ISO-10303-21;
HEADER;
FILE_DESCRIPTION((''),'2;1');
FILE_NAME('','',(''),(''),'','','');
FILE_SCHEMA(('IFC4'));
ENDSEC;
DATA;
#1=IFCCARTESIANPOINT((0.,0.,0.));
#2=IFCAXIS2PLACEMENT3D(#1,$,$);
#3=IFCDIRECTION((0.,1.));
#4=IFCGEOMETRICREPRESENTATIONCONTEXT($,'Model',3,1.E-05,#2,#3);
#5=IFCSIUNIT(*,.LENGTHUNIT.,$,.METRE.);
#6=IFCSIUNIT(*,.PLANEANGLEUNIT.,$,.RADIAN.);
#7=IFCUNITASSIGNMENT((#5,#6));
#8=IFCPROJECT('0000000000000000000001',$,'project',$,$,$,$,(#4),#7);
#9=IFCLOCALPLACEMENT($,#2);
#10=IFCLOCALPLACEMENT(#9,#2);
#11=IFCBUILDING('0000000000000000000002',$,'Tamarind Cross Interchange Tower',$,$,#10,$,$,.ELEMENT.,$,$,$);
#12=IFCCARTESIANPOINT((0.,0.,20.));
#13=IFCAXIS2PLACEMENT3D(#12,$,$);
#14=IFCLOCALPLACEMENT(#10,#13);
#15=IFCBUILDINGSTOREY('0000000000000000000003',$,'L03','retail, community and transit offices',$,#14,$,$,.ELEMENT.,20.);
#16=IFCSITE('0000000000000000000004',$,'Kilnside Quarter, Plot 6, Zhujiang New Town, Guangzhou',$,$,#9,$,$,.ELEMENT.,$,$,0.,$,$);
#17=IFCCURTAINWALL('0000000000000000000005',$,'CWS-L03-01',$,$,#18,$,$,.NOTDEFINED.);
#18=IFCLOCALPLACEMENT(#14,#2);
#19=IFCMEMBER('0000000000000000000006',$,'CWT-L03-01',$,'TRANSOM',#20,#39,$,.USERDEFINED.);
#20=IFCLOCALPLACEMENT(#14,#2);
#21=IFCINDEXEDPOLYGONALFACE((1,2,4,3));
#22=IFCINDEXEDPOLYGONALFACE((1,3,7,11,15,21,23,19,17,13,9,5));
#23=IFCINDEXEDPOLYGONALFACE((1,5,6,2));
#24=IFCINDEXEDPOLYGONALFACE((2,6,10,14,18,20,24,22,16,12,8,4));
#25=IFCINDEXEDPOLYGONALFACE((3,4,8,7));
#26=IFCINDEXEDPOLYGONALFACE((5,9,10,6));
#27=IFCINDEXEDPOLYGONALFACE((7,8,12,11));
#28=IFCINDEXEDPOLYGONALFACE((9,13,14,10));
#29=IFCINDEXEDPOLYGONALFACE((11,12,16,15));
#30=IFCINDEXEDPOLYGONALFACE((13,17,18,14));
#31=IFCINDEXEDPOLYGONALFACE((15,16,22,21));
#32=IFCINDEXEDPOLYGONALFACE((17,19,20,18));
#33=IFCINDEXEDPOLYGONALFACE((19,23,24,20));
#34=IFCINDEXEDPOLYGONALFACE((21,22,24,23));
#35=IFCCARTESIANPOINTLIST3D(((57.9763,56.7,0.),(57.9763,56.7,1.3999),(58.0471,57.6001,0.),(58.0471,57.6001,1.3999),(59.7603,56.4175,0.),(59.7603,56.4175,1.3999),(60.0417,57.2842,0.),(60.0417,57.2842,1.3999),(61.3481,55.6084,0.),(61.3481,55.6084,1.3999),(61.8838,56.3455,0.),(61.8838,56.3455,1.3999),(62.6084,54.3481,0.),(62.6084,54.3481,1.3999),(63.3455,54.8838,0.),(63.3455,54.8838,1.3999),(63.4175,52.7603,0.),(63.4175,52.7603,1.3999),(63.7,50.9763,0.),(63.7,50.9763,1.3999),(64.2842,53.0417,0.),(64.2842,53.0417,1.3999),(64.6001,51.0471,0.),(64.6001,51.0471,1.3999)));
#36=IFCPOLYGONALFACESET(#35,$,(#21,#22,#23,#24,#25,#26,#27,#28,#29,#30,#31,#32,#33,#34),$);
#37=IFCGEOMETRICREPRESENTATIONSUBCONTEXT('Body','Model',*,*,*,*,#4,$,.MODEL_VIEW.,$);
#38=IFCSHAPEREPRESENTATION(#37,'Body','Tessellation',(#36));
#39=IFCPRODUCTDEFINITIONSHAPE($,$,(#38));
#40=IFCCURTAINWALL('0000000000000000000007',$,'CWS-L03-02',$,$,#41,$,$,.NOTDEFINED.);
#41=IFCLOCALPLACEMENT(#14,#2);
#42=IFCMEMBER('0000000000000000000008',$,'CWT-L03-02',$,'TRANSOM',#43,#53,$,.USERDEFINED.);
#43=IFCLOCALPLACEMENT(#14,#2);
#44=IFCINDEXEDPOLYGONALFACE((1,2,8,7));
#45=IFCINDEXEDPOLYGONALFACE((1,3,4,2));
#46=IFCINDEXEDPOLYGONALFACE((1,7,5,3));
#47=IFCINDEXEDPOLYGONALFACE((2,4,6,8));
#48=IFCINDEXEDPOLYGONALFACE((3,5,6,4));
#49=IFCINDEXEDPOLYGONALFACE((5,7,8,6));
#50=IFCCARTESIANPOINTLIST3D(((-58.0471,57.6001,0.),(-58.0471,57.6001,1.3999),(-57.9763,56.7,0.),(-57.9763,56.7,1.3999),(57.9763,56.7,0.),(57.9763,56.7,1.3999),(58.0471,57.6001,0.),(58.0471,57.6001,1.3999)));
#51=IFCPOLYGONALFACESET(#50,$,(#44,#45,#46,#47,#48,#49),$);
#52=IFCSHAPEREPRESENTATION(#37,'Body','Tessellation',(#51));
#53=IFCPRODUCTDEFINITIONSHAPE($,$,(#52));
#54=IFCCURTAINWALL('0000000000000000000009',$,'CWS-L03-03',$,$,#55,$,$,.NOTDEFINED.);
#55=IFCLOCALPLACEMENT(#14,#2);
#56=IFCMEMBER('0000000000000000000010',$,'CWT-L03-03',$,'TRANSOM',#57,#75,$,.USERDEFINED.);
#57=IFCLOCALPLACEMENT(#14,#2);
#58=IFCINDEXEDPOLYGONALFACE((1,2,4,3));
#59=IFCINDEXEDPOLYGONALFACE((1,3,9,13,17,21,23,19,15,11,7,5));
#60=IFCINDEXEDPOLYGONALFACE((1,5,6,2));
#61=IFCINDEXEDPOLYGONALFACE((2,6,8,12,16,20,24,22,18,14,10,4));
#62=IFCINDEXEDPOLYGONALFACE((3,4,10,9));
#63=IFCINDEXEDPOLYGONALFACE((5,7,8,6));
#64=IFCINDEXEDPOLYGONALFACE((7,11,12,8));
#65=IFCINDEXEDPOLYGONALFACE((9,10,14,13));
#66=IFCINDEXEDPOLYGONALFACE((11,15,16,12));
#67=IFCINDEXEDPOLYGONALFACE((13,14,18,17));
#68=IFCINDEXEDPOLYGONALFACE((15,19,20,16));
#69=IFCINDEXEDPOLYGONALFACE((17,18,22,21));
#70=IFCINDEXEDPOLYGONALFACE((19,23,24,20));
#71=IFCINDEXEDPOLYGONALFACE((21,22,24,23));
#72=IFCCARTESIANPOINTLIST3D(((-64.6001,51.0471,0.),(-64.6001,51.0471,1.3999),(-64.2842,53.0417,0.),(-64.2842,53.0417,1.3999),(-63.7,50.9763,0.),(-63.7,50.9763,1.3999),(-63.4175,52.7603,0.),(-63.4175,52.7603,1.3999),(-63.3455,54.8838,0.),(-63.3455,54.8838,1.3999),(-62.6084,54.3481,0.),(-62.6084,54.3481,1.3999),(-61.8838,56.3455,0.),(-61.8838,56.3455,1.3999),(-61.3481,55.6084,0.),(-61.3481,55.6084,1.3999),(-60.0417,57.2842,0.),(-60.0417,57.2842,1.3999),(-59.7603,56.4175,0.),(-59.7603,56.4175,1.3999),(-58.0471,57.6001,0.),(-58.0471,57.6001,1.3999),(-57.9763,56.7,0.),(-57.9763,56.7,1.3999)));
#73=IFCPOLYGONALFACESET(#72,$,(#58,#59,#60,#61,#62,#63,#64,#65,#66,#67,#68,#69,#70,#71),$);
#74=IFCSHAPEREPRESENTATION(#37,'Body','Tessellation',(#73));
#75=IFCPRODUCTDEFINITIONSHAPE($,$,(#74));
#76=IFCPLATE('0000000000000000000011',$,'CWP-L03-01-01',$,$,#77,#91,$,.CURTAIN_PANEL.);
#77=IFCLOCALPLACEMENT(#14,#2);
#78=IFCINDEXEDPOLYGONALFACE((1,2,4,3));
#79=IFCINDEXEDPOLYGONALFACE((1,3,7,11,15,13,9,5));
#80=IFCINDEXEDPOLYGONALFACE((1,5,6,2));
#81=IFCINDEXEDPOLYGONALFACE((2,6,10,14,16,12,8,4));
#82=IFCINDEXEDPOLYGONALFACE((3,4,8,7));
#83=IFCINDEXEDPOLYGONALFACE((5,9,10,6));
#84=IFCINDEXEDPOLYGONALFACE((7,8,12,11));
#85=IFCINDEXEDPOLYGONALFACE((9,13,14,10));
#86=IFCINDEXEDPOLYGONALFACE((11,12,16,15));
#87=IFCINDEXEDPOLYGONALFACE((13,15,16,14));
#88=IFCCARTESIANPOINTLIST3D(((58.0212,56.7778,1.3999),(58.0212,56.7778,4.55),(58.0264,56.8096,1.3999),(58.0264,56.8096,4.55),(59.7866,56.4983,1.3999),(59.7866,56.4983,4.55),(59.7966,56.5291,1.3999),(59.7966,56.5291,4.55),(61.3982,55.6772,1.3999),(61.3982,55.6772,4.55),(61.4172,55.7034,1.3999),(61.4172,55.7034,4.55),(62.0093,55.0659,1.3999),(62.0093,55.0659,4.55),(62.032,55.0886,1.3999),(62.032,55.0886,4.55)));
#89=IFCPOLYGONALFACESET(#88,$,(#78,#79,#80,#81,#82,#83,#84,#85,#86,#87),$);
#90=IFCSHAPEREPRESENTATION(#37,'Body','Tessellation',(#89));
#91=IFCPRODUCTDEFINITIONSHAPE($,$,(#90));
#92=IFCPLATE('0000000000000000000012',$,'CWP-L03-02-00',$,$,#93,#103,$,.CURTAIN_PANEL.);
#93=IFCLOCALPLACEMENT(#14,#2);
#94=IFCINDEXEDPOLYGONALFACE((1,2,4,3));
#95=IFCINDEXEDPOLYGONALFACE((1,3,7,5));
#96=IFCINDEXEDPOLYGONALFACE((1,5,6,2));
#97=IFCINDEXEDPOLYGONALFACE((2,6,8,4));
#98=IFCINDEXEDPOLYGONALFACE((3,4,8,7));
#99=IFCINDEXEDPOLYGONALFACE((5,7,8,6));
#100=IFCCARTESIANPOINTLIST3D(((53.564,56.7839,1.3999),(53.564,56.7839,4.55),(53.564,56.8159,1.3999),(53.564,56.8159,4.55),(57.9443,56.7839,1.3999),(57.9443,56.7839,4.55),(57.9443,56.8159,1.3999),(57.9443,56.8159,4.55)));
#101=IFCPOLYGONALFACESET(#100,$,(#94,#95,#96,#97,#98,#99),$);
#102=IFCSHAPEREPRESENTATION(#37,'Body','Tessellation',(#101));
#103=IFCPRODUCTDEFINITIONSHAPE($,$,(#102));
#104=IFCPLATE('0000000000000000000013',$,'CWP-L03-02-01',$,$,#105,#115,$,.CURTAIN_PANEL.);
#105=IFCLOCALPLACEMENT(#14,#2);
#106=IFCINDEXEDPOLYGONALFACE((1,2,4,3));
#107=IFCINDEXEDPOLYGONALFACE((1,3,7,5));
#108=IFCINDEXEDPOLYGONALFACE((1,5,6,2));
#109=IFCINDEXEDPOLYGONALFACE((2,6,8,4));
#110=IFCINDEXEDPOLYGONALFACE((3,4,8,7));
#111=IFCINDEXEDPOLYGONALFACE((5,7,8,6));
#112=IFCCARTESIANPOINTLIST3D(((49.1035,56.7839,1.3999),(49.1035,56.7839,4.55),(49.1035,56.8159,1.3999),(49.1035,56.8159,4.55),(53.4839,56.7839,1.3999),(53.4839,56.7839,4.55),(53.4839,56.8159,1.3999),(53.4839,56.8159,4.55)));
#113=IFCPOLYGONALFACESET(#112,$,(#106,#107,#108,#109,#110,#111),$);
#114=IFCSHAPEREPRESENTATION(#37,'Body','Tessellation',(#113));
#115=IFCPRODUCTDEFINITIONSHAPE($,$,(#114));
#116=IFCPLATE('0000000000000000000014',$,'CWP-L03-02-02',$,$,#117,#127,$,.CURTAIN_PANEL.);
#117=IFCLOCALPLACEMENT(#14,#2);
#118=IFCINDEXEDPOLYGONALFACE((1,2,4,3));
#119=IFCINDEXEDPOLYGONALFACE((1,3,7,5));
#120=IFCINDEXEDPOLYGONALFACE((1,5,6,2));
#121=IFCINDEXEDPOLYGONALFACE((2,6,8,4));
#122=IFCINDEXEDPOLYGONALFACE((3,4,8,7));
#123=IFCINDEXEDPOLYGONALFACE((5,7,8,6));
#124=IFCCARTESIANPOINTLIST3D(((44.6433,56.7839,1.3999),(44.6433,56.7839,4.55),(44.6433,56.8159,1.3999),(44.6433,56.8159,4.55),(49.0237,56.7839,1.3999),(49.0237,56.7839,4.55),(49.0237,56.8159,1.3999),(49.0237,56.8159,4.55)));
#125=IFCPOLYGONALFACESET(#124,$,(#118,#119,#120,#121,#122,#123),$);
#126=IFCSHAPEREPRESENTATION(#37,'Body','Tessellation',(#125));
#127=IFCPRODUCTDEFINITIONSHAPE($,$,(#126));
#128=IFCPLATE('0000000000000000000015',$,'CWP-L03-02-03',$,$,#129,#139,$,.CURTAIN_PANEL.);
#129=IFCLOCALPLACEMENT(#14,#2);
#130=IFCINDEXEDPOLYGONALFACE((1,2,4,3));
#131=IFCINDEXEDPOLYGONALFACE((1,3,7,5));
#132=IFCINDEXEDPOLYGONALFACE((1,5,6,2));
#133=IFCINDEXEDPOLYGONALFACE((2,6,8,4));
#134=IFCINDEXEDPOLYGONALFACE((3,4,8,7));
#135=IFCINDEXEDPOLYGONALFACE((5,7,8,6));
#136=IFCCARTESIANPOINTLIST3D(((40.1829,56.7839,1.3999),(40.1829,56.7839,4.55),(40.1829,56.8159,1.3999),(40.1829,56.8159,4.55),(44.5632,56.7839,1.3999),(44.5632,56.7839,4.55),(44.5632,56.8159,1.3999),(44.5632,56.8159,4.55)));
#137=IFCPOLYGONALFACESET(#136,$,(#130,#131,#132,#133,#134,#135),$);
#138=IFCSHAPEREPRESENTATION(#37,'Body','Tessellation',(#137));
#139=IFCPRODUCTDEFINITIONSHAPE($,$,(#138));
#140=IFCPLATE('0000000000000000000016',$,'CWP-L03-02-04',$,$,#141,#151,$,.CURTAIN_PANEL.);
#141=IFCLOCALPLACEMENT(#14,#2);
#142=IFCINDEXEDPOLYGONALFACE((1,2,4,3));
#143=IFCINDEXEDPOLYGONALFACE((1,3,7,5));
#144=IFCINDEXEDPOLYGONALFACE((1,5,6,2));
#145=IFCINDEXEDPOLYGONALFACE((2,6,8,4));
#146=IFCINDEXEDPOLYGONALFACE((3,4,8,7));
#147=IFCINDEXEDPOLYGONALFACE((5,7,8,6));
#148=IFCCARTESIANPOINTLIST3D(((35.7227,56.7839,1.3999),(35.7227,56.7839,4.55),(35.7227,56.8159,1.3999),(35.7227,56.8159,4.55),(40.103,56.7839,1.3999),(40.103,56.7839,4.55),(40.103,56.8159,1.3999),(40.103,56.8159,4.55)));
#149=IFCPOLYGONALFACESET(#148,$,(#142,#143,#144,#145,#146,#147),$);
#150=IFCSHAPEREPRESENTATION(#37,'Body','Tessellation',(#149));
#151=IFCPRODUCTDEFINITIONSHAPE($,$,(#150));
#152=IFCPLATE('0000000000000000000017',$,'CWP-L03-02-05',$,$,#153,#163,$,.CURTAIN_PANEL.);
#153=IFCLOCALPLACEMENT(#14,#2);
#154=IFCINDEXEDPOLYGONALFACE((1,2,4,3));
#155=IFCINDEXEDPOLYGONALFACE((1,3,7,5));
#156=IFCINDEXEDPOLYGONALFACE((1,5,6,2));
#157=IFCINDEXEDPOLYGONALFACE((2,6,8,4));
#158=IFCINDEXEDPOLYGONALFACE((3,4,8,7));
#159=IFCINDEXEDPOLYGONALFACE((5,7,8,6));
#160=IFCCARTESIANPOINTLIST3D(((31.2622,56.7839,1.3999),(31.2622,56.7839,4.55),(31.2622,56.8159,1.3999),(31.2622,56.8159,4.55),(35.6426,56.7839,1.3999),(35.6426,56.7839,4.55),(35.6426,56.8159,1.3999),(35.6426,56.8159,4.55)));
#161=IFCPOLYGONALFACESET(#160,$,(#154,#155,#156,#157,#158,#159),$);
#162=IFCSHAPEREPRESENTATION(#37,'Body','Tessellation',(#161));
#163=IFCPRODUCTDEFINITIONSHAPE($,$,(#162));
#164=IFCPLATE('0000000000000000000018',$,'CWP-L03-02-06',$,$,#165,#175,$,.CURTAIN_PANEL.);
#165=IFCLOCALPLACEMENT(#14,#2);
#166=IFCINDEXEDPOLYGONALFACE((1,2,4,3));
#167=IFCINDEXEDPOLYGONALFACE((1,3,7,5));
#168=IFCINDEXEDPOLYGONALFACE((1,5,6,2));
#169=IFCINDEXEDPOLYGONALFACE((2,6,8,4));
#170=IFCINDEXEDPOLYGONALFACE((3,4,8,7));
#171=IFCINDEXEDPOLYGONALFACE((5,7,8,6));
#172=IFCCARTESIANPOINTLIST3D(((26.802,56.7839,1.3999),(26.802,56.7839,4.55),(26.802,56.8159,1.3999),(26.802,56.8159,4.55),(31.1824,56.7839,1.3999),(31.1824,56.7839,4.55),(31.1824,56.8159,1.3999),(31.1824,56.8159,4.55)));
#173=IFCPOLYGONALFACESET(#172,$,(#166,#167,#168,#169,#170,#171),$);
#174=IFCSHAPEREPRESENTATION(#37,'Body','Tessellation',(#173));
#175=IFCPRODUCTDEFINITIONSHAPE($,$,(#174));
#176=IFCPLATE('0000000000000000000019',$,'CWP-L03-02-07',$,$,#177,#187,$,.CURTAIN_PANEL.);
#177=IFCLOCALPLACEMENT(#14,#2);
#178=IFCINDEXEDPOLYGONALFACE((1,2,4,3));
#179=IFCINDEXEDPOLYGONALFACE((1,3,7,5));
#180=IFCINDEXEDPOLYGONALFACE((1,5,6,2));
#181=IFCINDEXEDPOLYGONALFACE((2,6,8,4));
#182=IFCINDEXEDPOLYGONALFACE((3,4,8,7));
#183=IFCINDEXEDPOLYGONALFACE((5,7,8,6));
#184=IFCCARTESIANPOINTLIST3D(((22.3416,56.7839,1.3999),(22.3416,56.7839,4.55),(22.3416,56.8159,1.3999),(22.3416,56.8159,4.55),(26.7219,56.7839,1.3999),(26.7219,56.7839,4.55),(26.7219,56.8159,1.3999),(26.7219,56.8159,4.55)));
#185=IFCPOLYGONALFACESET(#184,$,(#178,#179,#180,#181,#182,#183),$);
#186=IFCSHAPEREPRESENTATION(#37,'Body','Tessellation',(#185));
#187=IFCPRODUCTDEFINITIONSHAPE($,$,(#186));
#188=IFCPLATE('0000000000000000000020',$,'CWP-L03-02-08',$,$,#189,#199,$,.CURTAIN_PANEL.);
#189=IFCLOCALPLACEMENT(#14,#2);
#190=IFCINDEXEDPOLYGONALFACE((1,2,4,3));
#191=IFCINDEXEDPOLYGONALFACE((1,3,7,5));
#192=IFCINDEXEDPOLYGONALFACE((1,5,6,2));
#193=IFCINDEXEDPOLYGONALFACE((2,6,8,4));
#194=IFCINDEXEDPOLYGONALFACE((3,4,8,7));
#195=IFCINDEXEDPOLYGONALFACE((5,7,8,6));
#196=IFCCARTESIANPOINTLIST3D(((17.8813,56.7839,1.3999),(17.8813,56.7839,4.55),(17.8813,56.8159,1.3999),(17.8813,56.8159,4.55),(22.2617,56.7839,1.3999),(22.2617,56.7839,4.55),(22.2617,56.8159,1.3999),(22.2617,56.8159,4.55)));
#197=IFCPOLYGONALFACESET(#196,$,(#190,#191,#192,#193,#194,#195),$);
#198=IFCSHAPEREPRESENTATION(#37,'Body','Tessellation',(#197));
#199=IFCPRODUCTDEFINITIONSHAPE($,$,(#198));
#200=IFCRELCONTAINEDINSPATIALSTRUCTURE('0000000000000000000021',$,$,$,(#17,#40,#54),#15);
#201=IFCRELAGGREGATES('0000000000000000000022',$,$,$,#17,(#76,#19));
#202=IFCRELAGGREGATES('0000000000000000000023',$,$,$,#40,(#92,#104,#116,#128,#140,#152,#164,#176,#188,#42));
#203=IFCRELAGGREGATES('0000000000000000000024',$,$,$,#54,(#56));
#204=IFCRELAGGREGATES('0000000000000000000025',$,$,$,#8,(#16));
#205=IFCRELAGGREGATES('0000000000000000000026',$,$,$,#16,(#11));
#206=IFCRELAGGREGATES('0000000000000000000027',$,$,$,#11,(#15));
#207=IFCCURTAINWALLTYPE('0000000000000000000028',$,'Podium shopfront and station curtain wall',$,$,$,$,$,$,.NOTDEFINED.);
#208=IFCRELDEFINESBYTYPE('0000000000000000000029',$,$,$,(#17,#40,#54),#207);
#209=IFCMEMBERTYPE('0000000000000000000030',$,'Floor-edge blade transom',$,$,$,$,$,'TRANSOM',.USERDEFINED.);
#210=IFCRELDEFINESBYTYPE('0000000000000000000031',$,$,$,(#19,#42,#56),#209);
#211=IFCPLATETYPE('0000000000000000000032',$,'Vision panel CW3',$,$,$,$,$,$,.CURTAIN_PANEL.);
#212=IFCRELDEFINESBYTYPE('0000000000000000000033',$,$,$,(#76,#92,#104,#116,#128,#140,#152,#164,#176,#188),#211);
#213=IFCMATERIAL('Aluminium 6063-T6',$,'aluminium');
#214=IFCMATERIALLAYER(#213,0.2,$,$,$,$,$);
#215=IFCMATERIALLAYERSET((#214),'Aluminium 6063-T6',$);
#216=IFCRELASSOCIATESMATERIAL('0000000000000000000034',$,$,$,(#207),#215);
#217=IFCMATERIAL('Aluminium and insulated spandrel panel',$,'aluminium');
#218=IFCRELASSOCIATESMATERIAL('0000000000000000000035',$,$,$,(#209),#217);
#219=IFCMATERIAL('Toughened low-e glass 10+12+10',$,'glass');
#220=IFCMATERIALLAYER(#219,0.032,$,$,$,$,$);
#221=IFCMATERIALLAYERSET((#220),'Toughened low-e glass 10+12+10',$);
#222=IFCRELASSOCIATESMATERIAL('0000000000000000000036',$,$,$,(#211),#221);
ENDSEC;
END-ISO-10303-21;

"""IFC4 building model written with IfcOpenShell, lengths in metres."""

from ifc_helpers import new_model, si_unit, direction, frame, origin, place, context, subcontext, project, spatial, polyline, outline, extrude, material, layer, layer_set, type_object, element, aggregate, save


model = new_model("IFC4")

# Units and contexts
model_context = context("Model", 3, precision=1e-05, world=origin(), true_north=direction((0.0, 1.0)))
body_context = subcontext(model_context, "Body", "Model", "MODEL_VIEW")
ifc_project = project(units=[si_unit("LENGTHUNIT", "METRE"), si_unit("PLANEANGLEUNIT", "RADIAN")], contexts=[model_context])

# Site, building, storey
site_placement = place(None, origin())
site = spatial("IfcSite", under=ifc_project, at=site_placement, Name="Kilnside Quarter, Plot 6, Zhujiang New Town, Guangzhou", CompositionType="ELEMENT", RefElevation=0.0)
building_placement = place(site_placement, origin())
building = spatial("IfcBuilding", under=site, at=building_placement, Name="Tamarind Cross Interchange Tower", CompositionType="ELEMENT")
storey_placement = place(building_placement, frame((0.0, 0.0, 20.0)))
storey = spatial("IfcBuildingStorey", under=building, at=storey_placement, Name="L03", Description="retail, community and transit offices", CompositionType="ELEMENT", Elevation=20.0)

# Curtain walls, members
ifc_material_1 = material(Name="Aluminium 6063-T6", Category="aluminium")
ifc_layer_1 = layer(ifc_material_1, 0.2)
ifc_layer_set_1 = layer_set([ifc_layer_1], Name="Aluminium 6063-T6")
curtain_wall_type = type_object("IfcCurtainWallType", Name="Podium shopfront and station curtain wall", PredefinedType="NOTDEFINED", material=ifc_layer_set_1)
curtain_wall_1_placement = place(storey_placement, origin())
curtain_wall_1 = element("IfcCurtainWall", 1, at=curtain_wall_1_placement, inside=storey, type_object=curtain_wall_type, Name="CWS-L03-01", PredefinedType="NOTDEFINED")
ifc_material_2 = material(Name="Aluminium and insulated spandrel panel", Category="aluminium")
member_type = type_object("IfcMemberType", Name="Floor-edge blade transom", ElementType="TRANSOM", PredefinedType="USERDEFINED", material=ifc_material_2)
member_1_placement = place(storey_placement, origin())
member_1 = element("IfcMember", 2, at=member_1_placement, type_object=member_type, Name="CWT-L03-01", ObjectType="TRANSOM", PredefinedType="USERDEFINED", context=body_context, shape_type="SweptSolid", body=[
    extrude(outline(polyline([(63.7, 50.9763), (63.4175, 52.7603), (62.6084, 54.3481), (61.3481, 55.6084), (59.7603, 56.4175), (57.9763, 56.7), (58.0471, 57.6001), (60.0417, 57.2842), (61.8838, 56.3455), (63.3455, 54.8838), (64.2842, 53.0417), (64.6001, 51.0471), (63.7, 50.9763)])), origin(), (0.0, 0.0, 1.0), 1.3999),
])
curtain_wall_2_placement = place(storey_placement, origin())
curtain_wall_2 = element("IfcCurtainWall", 3, at=curtain_wall_2_placement, inside=storey, type_object=curtain_wall_type, Name="CWS-L03-02", PredefinedType="NOTDEFINED")
member_2_placement = place(storey_placement, origin())
member_2 = element("IfcMember", 4, at=member_2_placement, type_object=member_type, Name="CWT-L03-02", ObjectType="TRANSOM", PredefinedType="USERDEFINED", context=body_context, shape_type="SweptSolid", body=[
    extrude(outline(polyline([(57.9763, 56.7), (-57.9763, 56.7), (-58.0471, 57.6001), (58.0471, 57.6001), (57.9763, 56.7)])), origin(), (0.0, 0.0, 1.0), 1.3999),
])
curtain_wall_3_placement = place(storey_placement, origin())
curtain_wall_3 = element("IfcCurtainWall", 5, at=curtain_wall_3_placement, inside=storey, type_object=curtain_wall_type, Name="CWS-L03-03", PredefinedType="NOTDEFINED")
member_3_placement = place(storey_placement, origin())
member_3 = element("IfcMember", 6, at=member_3_placement, type_object=member_type, Name="CWT-L03-03", ObjectType="TRANSOM", PredefinedType="USERDEFINED", context=body_context, shape_type="SweptSolid", body=[
    extrude(outline(polyline([(-57.9763, 56.7), (-59.7603, 56.4175), (-61.3481, 55.6084), (-62.6084, 54.3481), (-63.4175, 52.7603), (-63.7, 50.9763), (-64.6001, 51.0471), (-64.2842, 53.0417), (-63.3455, 54.8838), (-61.8838, 56.3455), (-60.0417, 57.2842), (-58.0471, 57.6001), (-57.9763, 56.7)])), origin(), (0.0, 0.0, 1.0), 1.3999),
])

# Plates
ifc_material_3 = material(Name="Toughened low-e glass 10+12+10", Category="glass")
ifc_layer_2 = layer(ifc_material_3, 0.032)
ifc_layer_set_2 = layer_set([ifc_layer_2], Name="Toughened low-e glass 10+12+10")
plate_type = type_object("IfcPlateType", Name="Vision panel CW3", PredefinedType="CURTAIN_PANEL", material=ifc_layer_set_2)
plate_1_placement = place(storey_placement, frame((0.0, 0.0, 1.3999)))
plate_1 = element("IfcPlate", 7, at=plate_1_placement, type_object=plate_type, Name="CWP-L03-01-01", PredefinedType="CURTAIN_PANEL", context=body_context, shape_type="SweptSolid", body=[
    extrude(outline(polyline([(62.0093, 55.0659), (61.3982, 55.6772), (59.7866, 56.4983), (58.0212, 56.7778), (58.0264, 56.8096), (59.7966, 56.5291), (61.4172, 55.7034), (62.032, 55.0886), (62.0093, 55.0659)])), origin(), (0.0, 0.0, 1.0), 3.1501),
])
aggregate(curtain_wall_1, [plate_1, member_1])
plate_2_placement = place(storey_placement, frame((0.0, 0.0, 1.3999)))
plate_2 = element("IfcPlate", 8, at=plate_2_placement, type_object=plate_type, Name="CWP-L03-02-00", PredefinedType="CURTAIN_PANEL", context=body_context, shape_type="SweptSolid", body=[
    extrude(outline(polyline([(57.9443, 56.7839), (53.564, 56.7839), (53.564, 56.8159), (57.9443, 56.8159), (57.9443, 56.7839)])), origin(), (0.0, 0.0, 1.0), 3.1501),
])
plate_3_placement = place(storey_placement, frame((0.0, 0.0, 1.3999)))
plate_3 = element("IfcPlate", 9, at=plate_3_placement, type_object=plate_type, Name="CWP-L03-02-01", PredefinedType="CURTAIN_PANEL", context=body_context, shape_type="SweptSolid", body=[
    extrude(outline(polyline([(53.4839, 56.7839), (49.1035, 56.7839), (49.1035, 56.8159), (53.4839, 56.8159), (53.4839, 56.7839)])), origin(), (0.0, 0.0, 1.0), 3.1501),
])
plate_4_placement = place(storey_placement, frame((0.0, 0.0, 1.3999)))
plate_4 = element("IfcPlate", 10, at=plate_4_placement, type_object=plate_type, Name="CWP-L03-02-02", PredefinedType="CURTAIN_PANEL", context=body_context, shape_type="SweptSolid", body=[
    extrude(outline(polyline([(49.0237, 56.7839), (44.6433, 56.7839), (44.6433, 56.8159), (49.0237, 56.8159), (49.0237, 56.7839)])), origin(), (0.0, 0.0, 1.0), 3.1501),
])
plate_5_placement = place(storey_placement, frame((0.0, 0.0, 1.3999)))
plate_5 = element("IfcPlate", 11, at=plate_5_placement, type_object=plate_type, Name="CWP-L03-02-03", PredefinedType="CURTAIN_PANEL", context=body_context, shape_type="SweptSolid", body=[
    extrude(outline(polyline([(44.5632, 56.7839), (40.1829, 56.7839), (40.1829, 56.8159), (44.5632, 56.8159), (44.5632, 56.7839)])), origin(), (0.0, 0.0, 1.0), 3.1501),
])
plate_6_placement = place(storey_placement, frame((0.0, 0.0, 1.3999)))
plate_6 = element("IfcPlate", 12, at=plate_6_placement, type_object=plate_type, Name="CWP-L03-02-04", PredefinedType="CURTAIN_PANEL", context=body_context, shape_type="SweptSolid", body=[
    extrude(outline(polyline([(40.103, 56.7839), (35.7227, 56.7839), (35.7227, 56.8159), (40.103, 56.8159), (40.103, 56.7839)])), origin(), (0.0, 0.0, 1.0), 3.1501),
])
plate_7_placement = place(storey_placement, frame((0.0, 0.0, 1.3999)))
plate_7 = element("IfcPlate", 13, at=plate_7_placement, type_object=plate_type, Name="CWP-L03-02-05", PredefinedType="CURTAIN_PANEL", context=body_context, shape_type="SweptSolid", body=[
    extrude(outline(polyline([(35.6426, 56.7839), (31.2622, 56.7839), (31.2622, 56.8159), (35.6426, 56.8159), (35.6426, 56.7839)])), origin(), (0.0, 0.0, 1.0), 3.1501),
])
plate_8_placement = place(storey_placement, frame((0.0, 0.0, 1.3999)))
plate_8 = element("IfcPlate", 14, at=plate_8_placement, type_object=plate_type, Name="CWP-L03-02-06", PredefinedType="CURTAIN_PANEL", context=body_context, shape_type="SweptSolid", body=[
    extrude(outline(polyline([(31.1824, 56.7839), (26.802, 56.7839), (26.802, 56.8159), (31.1824, 56.8159), (31.1824, 56.7839)])), origin(), (0.0, 0.0, 1.0), 3.1501),
])
plate_9_placement = place(storey_placement, frame((0.0, 0.0, 1.3999)))
plate_9 = element("IfcPlate", 15, at=plate_9_placement, type_object=plate_type, Name="CWP-L03-02-07", PredefinedType="CURTAIN_PANEL", context=body_context, shape_type="SweptSolid", body=[
    extrude(outline(polyline([(26.7219, 56.7839), (22.3416, 56.7839), (22.3416, 56.8159), (26.7219, 56.8159), (26.7219, 56.7839)])), origin(), (0.0, 0.0, 1.0), 3.1501),
])
plate_10_placement = place(storey_placement, frame((0.0, 0.0, 1.3999)))
plate_10 = element("IfcPlate", 16, at=plate_10_placement, type_object=plate_type, Name="CWP-L03-02-08", PredefinedType="CURTAIN_PANEL", context=body_context, shape_type="SweptSolid", body=[
    extrude(outline(polyline([(22.2617, 56.7839), (17.8813, 56.7839), (17.8813, 56.8159), (22.2617, 56.8159), (22.2617, 56.7839)])), origin(), (0.0, 0.0, 1.0), 3.1501),
])
aggregate(curtain_wall_2, [plate_2, plate_3, plate_4, plate_5, plate_6, plate_7, plate_8, plate_9, plate_10, member_2])
aggregate(curtain_wall_3, [member_3])

save(model, "model.ifc")
